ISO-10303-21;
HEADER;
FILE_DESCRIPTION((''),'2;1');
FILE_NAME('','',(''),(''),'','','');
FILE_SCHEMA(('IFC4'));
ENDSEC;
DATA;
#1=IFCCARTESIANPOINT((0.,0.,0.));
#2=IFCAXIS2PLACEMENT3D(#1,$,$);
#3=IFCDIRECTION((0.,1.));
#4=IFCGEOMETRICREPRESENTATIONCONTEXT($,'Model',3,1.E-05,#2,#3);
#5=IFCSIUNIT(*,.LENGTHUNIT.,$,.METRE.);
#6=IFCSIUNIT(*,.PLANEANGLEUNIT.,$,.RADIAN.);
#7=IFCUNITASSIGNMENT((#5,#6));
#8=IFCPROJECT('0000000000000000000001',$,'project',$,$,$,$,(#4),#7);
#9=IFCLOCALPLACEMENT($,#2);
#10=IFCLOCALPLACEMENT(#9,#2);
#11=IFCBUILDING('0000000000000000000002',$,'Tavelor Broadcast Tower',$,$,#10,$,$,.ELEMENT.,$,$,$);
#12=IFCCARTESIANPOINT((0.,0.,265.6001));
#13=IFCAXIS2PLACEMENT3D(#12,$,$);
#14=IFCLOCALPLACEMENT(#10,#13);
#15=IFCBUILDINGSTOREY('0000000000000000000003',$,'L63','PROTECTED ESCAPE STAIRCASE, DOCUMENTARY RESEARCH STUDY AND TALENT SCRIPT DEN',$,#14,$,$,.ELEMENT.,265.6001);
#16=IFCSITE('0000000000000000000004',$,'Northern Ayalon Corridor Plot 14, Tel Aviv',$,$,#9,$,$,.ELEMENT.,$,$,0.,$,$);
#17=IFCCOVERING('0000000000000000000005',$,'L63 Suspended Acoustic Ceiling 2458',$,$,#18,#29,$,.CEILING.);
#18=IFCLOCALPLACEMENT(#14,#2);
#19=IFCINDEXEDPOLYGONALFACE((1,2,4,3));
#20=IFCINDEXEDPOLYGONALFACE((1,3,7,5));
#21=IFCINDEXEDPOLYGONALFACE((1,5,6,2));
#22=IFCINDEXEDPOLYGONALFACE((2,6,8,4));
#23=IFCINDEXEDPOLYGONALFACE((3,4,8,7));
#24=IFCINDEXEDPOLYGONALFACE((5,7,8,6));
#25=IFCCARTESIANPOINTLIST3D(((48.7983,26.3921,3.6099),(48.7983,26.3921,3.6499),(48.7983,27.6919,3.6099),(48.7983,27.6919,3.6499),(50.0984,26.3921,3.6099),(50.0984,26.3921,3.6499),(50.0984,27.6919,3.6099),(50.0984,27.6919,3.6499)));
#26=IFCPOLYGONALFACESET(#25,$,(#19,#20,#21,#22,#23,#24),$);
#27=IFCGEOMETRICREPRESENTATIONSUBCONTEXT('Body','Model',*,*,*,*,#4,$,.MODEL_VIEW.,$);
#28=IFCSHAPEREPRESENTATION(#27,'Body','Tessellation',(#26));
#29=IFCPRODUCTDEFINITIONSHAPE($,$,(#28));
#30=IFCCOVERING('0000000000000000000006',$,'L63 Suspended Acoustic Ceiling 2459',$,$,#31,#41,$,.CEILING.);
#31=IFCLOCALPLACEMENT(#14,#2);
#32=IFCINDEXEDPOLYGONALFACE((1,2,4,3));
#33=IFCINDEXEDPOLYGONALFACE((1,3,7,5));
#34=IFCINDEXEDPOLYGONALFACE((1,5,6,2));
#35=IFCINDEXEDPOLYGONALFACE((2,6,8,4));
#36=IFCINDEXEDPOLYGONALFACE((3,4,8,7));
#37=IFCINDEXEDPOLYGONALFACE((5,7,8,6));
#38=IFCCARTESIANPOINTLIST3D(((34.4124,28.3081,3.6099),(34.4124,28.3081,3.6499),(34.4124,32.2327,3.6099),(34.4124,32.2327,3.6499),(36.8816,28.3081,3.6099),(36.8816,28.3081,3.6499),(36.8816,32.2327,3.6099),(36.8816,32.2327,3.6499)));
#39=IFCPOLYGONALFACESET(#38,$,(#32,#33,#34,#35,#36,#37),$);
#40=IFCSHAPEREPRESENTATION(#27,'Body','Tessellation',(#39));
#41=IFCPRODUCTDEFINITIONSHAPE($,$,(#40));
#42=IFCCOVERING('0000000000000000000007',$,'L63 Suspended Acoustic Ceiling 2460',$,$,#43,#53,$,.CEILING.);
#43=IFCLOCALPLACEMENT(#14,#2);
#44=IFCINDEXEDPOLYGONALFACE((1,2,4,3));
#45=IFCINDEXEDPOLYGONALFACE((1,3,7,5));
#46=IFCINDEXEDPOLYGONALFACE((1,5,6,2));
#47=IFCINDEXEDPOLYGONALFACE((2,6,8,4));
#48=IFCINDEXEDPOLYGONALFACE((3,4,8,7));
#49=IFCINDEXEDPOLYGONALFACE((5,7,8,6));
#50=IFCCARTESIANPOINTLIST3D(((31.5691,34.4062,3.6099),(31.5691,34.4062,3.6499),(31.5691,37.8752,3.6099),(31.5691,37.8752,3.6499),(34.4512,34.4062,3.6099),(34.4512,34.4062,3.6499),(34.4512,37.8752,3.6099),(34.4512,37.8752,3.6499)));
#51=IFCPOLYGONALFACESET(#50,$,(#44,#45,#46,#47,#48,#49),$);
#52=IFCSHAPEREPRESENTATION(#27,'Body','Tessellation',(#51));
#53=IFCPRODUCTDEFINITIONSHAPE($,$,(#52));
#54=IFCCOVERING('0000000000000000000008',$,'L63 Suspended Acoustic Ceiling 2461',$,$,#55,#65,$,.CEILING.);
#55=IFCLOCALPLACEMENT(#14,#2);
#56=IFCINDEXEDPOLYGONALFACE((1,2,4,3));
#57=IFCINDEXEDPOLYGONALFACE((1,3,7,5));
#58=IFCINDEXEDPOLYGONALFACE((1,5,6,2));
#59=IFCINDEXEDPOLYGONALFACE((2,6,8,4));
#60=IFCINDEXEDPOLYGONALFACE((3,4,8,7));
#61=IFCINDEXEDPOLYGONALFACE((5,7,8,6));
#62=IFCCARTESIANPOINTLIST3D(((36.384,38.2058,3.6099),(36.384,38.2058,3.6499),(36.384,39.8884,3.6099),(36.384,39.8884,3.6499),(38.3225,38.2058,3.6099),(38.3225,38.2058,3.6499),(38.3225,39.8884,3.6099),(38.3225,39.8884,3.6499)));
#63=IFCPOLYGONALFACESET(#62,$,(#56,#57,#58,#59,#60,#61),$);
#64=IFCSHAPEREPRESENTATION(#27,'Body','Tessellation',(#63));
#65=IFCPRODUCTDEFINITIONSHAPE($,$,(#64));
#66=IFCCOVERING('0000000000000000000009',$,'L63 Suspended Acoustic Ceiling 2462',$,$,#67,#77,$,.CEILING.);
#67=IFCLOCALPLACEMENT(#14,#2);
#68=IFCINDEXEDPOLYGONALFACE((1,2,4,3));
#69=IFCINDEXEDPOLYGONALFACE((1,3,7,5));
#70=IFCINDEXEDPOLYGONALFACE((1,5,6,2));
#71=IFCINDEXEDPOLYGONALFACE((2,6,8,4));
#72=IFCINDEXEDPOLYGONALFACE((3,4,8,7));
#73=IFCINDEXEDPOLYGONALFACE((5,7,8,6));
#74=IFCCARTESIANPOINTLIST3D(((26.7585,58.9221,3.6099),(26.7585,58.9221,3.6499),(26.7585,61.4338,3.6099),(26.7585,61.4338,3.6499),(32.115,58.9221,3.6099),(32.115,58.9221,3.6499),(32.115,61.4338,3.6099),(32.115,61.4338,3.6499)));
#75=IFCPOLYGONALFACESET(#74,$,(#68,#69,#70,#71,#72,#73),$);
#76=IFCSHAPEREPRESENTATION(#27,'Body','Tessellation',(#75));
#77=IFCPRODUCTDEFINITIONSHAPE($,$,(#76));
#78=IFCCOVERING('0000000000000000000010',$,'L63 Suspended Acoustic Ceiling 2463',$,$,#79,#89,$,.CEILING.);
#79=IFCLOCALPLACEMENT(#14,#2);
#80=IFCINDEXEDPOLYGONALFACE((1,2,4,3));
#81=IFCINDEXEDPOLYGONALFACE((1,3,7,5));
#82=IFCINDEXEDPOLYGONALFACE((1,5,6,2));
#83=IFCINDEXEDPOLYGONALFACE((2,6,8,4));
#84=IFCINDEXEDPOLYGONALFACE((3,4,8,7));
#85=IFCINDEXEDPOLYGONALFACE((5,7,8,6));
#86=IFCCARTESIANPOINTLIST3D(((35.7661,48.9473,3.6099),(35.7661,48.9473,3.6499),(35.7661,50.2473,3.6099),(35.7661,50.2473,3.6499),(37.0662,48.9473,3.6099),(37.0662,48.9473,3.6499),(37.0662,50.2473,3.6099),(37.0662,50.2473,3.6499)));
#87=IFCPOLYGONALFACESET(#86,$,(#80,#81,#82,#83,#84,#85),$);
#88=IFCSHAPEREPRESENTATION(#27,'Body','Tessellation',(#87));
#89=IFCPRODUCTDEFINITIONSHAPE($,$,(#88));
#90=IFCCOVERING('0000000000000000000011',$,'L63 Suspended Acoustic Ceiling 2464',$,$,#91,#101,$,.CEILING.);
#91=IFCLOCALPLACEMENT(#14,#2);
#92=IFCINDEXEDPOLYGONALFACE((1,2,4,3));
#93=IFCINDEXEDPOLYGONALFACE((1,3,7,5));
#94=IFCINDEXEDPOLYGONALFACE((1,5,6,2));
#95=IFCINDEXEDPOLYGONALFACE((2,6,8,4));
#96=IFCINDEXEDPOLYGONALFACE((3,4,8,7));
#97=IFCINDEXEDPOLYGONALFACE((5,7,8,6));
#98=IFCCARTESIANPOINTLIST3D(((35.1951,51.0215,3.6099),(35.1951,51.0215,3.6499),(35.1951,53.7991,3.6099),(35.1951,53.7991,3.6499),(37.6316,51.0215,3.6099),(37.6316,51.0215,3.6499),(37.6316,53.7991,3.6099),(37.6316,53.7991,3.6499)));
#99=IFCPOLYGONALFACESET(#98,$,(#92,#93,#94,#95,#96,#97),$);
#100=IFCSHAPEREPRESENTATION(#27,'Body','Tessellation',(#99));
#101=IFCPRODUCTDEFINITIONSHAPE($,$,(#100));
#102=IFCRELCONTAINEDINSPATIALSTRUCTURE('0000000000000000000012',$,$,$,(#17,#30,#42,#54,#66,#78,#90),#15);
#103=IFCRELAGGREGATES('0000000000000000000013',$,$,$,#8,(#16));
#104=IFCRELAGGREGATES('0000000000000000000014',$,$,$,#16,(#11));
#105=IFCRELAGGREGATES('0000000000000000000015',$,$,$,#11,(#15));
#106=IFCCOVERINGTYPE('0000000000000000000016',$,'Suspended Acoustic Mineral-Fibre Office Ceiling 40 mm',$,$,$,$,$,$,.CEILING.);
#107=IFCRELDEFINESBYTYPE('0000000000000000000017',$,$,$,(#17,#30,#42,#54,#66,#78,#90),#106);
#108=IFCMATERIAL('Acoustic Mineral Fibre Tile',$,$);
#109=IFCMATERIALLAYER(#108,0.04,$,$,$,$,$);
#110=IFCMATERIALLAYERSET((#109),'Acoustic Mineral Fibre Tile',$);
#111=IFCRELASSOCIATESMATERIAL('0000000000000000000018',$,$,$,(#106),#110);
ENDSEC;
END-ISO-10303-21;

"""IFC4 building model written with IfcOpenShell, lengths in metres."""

from ifc_helpers import new_model, si_unit, direction, frame, origin, place, context, subcontext, project, spatial, polyline, outline, extrude, material, layer, layer_set, type_object, element, save


model = new_model("IFC4")

# Units and contexts
model_context = context("Model", 3, precision=1e-05, world=origin(), true_north=direction((0.0, 1.0)))
body_context = subcontext(model_context, "Body", "Model", "MODEL_VIEW")
ifc_project = project(units=[si_unit("LENGTHUNIT", "METRE"), si_unit("PLANEANGLEUNIT", "RADIAN")], contexts=[model_context])

# Site, building, storey
site_placement = place(None, origin())
site = spatial("IfcSite", under=ifc_project, at=site_placement, Name="Northern Ayalon Corridor Plot 14, Tel Aviv", CompositionType="ELEMENT", RefElevation=0.0)
building_placement = place(site_placement, origin())
building = spatial("IfcBuilding", under=site, at=building_placement, Name="Tavelor Broadcast Tower", CompositionType="ELEMENT")
storey_placement = place(building_placement, frame((0.0, 0.0, 265.6001)))
storey = spatial("IfcBuildingStorey", under=building, at=storey_placement, Name="L63", Description="PROTECTED ESCAPE STAIRCASE, DOCUMENTARY RESEARCH STUDY AND TALENT SCRIPT DEN", CompositionType="ELEMENT", Elevation=265.6001)

# Coverings
ifc_material_1 = material(Name="Acoustic Mineral Fibre Tile")
ifc_layer_1 = layer(ifc_material_1, 0.04)
ifc_layer_set_1 = layer_set([ifc_layer_1], Name="Acoustic Mineral Fibre Tile")
covering_type_1 = type_object("IfcCoveringType", Name="Suspended Acoustic Mineral-Fibre Office Ceiling 40 mm", PredefinedType="CEILING", material=ifc_layer_set_1)
covering_1_placement = place(storey_placement, frame((0.0, 0.0, 3.6099)))
element("IfcCovering", 1, at=covering_1_placement, inside=storey, type_object=covering_type_1, Name="L63 Suspended Acoustic Ceiling 2458", PredefinedType="CEILING", context=body_context, shape_type="SweptSolid", body=[
    extrude(outline(polyline([(48.7983, 26.3921), (50.0984, 26.3921), (50.0984, 27.6919), (48.7983, 27.6919), (48.7983, 26.3921)])), origin(), (0.0, 0.0, 1.0), 0.04),
])
covering_2_placement = place(storey_placement, frame((0.0, 0.0, 3.6099)))
element("IfcCovering", 2, at=covering_2_placement, inside=storey, type_object=covering_type_1, Name="L63 Suspended Acoustic Ceiling 2459", PredefinedType="CEILING", context=body_context, shape_type="SweptSolid", body=[
    extrude(outline(polyline([(34.4124, 28.3081), (36.8816, 28.3081), (36.8816, 32.2327), (34.4124, 32.2327), (34.4124, 28.3081)])), origin(), (0.0, 0.0, 1.0), 0.04),
])
covering_3_placement = place(storey_placement, frame((0.0, 0.0, 3.6099)))
element("IfcCovering", 3, at=covering_3_placement, inside=storey, type_object=covering_type_1, Name="L63 Suspended Acoustic Ceiling 2460", PredefinedType="CEILING", context=body_context, shape_type="SweptSolid", body=[
    extrude(outline(polyline([(31.5691, 34.4062), (34.4512, 34.4062), (34.4512, 37.8752), (31.5691, 37.8752), (31.5691, 34.4062)])), origin(), (0.0, 0.0, 1.0), 0.04),
])
covering_4_placement = place(storey_placement, frame((0.0, 0.0, 3.6099)))
element("IfcCovering", 4, at=covering_4_placement, inside=storey, type_object=covering_type_1, Name="L63 Suspended Acoustic Ceiling 2461", PredefinedType="CEILING", context=body_context, shape_type="SweptSolid", body=[
    extrude(outline(polyline([(36.384, 38.2058), (38.3225, 38.2058), (38.3225, 39.8884), (36.384, 39.8884), (36.384, 38.2058)])), origin(), (0.0, 0.0, 1.0), 0.04),
])
covering_5_placement = place(storey_placement, frame((0.0, 0.0, 3.6099)))
element("IfcCovering", 5, at=covering_5_placement, inside=storey, type_object=covering_type_1, Name="L63 Suspended Acoustic Ceiling 2462", PredefinedType="CEILING", context=body_context, shape_type="SweptSolid", body=[
    extrude(outline(polyline([(26.7585, 58.9221), (32.115, 58.9221), (32.115, 61.4338), (26.7585, 61.4338), (26.7585, 58.9221)])), origin(), (0.0, 0.0, 1.0), 0.04),
])
covering_6_placement = place(storey_placement, frame((0.0, 0.0, 3.6099)))
element("IfcCovering", 6, at=covering_6_placement, inside=storey, type_object=covering_type_1, Name="L63 Suspended Acoustic Ceiling 2463", PredefinedType="CEILING", context=body_context, shape_type="SweptSolid", body=[
    extrude(outline(polyline([(35.7661, 48.9473), (37.0662, 48.9473), (37.0662, 50.2473), (35.7661, 50.2473), (35.7661, 48.9473)])), origin(), (0.0, 0.0, 1.0), 0.04),
])
covering_7_placement = place(storey_placement, frame((0.0, 0.0, 3.6099)))
element("IfcCovering", 7, at=covering_7_placement, inside=storey, type_object=covering_type_1, Name="L63 Suspended Acoustic Ceiling 2464", PredefinedType="CEILING", context=body_context, shape_type="SweptSolid", body=[
    extrude(outline(polyline([(35.1951, 51.0215), (37.6316, 51.0215), (37.6316, 53.7991), (35.1951, 53.7991), (35.1951, 51.0215)])), origin(), (0.0, 0.0, 1.0), 0.04),
])

save(model, "model.ifc")
